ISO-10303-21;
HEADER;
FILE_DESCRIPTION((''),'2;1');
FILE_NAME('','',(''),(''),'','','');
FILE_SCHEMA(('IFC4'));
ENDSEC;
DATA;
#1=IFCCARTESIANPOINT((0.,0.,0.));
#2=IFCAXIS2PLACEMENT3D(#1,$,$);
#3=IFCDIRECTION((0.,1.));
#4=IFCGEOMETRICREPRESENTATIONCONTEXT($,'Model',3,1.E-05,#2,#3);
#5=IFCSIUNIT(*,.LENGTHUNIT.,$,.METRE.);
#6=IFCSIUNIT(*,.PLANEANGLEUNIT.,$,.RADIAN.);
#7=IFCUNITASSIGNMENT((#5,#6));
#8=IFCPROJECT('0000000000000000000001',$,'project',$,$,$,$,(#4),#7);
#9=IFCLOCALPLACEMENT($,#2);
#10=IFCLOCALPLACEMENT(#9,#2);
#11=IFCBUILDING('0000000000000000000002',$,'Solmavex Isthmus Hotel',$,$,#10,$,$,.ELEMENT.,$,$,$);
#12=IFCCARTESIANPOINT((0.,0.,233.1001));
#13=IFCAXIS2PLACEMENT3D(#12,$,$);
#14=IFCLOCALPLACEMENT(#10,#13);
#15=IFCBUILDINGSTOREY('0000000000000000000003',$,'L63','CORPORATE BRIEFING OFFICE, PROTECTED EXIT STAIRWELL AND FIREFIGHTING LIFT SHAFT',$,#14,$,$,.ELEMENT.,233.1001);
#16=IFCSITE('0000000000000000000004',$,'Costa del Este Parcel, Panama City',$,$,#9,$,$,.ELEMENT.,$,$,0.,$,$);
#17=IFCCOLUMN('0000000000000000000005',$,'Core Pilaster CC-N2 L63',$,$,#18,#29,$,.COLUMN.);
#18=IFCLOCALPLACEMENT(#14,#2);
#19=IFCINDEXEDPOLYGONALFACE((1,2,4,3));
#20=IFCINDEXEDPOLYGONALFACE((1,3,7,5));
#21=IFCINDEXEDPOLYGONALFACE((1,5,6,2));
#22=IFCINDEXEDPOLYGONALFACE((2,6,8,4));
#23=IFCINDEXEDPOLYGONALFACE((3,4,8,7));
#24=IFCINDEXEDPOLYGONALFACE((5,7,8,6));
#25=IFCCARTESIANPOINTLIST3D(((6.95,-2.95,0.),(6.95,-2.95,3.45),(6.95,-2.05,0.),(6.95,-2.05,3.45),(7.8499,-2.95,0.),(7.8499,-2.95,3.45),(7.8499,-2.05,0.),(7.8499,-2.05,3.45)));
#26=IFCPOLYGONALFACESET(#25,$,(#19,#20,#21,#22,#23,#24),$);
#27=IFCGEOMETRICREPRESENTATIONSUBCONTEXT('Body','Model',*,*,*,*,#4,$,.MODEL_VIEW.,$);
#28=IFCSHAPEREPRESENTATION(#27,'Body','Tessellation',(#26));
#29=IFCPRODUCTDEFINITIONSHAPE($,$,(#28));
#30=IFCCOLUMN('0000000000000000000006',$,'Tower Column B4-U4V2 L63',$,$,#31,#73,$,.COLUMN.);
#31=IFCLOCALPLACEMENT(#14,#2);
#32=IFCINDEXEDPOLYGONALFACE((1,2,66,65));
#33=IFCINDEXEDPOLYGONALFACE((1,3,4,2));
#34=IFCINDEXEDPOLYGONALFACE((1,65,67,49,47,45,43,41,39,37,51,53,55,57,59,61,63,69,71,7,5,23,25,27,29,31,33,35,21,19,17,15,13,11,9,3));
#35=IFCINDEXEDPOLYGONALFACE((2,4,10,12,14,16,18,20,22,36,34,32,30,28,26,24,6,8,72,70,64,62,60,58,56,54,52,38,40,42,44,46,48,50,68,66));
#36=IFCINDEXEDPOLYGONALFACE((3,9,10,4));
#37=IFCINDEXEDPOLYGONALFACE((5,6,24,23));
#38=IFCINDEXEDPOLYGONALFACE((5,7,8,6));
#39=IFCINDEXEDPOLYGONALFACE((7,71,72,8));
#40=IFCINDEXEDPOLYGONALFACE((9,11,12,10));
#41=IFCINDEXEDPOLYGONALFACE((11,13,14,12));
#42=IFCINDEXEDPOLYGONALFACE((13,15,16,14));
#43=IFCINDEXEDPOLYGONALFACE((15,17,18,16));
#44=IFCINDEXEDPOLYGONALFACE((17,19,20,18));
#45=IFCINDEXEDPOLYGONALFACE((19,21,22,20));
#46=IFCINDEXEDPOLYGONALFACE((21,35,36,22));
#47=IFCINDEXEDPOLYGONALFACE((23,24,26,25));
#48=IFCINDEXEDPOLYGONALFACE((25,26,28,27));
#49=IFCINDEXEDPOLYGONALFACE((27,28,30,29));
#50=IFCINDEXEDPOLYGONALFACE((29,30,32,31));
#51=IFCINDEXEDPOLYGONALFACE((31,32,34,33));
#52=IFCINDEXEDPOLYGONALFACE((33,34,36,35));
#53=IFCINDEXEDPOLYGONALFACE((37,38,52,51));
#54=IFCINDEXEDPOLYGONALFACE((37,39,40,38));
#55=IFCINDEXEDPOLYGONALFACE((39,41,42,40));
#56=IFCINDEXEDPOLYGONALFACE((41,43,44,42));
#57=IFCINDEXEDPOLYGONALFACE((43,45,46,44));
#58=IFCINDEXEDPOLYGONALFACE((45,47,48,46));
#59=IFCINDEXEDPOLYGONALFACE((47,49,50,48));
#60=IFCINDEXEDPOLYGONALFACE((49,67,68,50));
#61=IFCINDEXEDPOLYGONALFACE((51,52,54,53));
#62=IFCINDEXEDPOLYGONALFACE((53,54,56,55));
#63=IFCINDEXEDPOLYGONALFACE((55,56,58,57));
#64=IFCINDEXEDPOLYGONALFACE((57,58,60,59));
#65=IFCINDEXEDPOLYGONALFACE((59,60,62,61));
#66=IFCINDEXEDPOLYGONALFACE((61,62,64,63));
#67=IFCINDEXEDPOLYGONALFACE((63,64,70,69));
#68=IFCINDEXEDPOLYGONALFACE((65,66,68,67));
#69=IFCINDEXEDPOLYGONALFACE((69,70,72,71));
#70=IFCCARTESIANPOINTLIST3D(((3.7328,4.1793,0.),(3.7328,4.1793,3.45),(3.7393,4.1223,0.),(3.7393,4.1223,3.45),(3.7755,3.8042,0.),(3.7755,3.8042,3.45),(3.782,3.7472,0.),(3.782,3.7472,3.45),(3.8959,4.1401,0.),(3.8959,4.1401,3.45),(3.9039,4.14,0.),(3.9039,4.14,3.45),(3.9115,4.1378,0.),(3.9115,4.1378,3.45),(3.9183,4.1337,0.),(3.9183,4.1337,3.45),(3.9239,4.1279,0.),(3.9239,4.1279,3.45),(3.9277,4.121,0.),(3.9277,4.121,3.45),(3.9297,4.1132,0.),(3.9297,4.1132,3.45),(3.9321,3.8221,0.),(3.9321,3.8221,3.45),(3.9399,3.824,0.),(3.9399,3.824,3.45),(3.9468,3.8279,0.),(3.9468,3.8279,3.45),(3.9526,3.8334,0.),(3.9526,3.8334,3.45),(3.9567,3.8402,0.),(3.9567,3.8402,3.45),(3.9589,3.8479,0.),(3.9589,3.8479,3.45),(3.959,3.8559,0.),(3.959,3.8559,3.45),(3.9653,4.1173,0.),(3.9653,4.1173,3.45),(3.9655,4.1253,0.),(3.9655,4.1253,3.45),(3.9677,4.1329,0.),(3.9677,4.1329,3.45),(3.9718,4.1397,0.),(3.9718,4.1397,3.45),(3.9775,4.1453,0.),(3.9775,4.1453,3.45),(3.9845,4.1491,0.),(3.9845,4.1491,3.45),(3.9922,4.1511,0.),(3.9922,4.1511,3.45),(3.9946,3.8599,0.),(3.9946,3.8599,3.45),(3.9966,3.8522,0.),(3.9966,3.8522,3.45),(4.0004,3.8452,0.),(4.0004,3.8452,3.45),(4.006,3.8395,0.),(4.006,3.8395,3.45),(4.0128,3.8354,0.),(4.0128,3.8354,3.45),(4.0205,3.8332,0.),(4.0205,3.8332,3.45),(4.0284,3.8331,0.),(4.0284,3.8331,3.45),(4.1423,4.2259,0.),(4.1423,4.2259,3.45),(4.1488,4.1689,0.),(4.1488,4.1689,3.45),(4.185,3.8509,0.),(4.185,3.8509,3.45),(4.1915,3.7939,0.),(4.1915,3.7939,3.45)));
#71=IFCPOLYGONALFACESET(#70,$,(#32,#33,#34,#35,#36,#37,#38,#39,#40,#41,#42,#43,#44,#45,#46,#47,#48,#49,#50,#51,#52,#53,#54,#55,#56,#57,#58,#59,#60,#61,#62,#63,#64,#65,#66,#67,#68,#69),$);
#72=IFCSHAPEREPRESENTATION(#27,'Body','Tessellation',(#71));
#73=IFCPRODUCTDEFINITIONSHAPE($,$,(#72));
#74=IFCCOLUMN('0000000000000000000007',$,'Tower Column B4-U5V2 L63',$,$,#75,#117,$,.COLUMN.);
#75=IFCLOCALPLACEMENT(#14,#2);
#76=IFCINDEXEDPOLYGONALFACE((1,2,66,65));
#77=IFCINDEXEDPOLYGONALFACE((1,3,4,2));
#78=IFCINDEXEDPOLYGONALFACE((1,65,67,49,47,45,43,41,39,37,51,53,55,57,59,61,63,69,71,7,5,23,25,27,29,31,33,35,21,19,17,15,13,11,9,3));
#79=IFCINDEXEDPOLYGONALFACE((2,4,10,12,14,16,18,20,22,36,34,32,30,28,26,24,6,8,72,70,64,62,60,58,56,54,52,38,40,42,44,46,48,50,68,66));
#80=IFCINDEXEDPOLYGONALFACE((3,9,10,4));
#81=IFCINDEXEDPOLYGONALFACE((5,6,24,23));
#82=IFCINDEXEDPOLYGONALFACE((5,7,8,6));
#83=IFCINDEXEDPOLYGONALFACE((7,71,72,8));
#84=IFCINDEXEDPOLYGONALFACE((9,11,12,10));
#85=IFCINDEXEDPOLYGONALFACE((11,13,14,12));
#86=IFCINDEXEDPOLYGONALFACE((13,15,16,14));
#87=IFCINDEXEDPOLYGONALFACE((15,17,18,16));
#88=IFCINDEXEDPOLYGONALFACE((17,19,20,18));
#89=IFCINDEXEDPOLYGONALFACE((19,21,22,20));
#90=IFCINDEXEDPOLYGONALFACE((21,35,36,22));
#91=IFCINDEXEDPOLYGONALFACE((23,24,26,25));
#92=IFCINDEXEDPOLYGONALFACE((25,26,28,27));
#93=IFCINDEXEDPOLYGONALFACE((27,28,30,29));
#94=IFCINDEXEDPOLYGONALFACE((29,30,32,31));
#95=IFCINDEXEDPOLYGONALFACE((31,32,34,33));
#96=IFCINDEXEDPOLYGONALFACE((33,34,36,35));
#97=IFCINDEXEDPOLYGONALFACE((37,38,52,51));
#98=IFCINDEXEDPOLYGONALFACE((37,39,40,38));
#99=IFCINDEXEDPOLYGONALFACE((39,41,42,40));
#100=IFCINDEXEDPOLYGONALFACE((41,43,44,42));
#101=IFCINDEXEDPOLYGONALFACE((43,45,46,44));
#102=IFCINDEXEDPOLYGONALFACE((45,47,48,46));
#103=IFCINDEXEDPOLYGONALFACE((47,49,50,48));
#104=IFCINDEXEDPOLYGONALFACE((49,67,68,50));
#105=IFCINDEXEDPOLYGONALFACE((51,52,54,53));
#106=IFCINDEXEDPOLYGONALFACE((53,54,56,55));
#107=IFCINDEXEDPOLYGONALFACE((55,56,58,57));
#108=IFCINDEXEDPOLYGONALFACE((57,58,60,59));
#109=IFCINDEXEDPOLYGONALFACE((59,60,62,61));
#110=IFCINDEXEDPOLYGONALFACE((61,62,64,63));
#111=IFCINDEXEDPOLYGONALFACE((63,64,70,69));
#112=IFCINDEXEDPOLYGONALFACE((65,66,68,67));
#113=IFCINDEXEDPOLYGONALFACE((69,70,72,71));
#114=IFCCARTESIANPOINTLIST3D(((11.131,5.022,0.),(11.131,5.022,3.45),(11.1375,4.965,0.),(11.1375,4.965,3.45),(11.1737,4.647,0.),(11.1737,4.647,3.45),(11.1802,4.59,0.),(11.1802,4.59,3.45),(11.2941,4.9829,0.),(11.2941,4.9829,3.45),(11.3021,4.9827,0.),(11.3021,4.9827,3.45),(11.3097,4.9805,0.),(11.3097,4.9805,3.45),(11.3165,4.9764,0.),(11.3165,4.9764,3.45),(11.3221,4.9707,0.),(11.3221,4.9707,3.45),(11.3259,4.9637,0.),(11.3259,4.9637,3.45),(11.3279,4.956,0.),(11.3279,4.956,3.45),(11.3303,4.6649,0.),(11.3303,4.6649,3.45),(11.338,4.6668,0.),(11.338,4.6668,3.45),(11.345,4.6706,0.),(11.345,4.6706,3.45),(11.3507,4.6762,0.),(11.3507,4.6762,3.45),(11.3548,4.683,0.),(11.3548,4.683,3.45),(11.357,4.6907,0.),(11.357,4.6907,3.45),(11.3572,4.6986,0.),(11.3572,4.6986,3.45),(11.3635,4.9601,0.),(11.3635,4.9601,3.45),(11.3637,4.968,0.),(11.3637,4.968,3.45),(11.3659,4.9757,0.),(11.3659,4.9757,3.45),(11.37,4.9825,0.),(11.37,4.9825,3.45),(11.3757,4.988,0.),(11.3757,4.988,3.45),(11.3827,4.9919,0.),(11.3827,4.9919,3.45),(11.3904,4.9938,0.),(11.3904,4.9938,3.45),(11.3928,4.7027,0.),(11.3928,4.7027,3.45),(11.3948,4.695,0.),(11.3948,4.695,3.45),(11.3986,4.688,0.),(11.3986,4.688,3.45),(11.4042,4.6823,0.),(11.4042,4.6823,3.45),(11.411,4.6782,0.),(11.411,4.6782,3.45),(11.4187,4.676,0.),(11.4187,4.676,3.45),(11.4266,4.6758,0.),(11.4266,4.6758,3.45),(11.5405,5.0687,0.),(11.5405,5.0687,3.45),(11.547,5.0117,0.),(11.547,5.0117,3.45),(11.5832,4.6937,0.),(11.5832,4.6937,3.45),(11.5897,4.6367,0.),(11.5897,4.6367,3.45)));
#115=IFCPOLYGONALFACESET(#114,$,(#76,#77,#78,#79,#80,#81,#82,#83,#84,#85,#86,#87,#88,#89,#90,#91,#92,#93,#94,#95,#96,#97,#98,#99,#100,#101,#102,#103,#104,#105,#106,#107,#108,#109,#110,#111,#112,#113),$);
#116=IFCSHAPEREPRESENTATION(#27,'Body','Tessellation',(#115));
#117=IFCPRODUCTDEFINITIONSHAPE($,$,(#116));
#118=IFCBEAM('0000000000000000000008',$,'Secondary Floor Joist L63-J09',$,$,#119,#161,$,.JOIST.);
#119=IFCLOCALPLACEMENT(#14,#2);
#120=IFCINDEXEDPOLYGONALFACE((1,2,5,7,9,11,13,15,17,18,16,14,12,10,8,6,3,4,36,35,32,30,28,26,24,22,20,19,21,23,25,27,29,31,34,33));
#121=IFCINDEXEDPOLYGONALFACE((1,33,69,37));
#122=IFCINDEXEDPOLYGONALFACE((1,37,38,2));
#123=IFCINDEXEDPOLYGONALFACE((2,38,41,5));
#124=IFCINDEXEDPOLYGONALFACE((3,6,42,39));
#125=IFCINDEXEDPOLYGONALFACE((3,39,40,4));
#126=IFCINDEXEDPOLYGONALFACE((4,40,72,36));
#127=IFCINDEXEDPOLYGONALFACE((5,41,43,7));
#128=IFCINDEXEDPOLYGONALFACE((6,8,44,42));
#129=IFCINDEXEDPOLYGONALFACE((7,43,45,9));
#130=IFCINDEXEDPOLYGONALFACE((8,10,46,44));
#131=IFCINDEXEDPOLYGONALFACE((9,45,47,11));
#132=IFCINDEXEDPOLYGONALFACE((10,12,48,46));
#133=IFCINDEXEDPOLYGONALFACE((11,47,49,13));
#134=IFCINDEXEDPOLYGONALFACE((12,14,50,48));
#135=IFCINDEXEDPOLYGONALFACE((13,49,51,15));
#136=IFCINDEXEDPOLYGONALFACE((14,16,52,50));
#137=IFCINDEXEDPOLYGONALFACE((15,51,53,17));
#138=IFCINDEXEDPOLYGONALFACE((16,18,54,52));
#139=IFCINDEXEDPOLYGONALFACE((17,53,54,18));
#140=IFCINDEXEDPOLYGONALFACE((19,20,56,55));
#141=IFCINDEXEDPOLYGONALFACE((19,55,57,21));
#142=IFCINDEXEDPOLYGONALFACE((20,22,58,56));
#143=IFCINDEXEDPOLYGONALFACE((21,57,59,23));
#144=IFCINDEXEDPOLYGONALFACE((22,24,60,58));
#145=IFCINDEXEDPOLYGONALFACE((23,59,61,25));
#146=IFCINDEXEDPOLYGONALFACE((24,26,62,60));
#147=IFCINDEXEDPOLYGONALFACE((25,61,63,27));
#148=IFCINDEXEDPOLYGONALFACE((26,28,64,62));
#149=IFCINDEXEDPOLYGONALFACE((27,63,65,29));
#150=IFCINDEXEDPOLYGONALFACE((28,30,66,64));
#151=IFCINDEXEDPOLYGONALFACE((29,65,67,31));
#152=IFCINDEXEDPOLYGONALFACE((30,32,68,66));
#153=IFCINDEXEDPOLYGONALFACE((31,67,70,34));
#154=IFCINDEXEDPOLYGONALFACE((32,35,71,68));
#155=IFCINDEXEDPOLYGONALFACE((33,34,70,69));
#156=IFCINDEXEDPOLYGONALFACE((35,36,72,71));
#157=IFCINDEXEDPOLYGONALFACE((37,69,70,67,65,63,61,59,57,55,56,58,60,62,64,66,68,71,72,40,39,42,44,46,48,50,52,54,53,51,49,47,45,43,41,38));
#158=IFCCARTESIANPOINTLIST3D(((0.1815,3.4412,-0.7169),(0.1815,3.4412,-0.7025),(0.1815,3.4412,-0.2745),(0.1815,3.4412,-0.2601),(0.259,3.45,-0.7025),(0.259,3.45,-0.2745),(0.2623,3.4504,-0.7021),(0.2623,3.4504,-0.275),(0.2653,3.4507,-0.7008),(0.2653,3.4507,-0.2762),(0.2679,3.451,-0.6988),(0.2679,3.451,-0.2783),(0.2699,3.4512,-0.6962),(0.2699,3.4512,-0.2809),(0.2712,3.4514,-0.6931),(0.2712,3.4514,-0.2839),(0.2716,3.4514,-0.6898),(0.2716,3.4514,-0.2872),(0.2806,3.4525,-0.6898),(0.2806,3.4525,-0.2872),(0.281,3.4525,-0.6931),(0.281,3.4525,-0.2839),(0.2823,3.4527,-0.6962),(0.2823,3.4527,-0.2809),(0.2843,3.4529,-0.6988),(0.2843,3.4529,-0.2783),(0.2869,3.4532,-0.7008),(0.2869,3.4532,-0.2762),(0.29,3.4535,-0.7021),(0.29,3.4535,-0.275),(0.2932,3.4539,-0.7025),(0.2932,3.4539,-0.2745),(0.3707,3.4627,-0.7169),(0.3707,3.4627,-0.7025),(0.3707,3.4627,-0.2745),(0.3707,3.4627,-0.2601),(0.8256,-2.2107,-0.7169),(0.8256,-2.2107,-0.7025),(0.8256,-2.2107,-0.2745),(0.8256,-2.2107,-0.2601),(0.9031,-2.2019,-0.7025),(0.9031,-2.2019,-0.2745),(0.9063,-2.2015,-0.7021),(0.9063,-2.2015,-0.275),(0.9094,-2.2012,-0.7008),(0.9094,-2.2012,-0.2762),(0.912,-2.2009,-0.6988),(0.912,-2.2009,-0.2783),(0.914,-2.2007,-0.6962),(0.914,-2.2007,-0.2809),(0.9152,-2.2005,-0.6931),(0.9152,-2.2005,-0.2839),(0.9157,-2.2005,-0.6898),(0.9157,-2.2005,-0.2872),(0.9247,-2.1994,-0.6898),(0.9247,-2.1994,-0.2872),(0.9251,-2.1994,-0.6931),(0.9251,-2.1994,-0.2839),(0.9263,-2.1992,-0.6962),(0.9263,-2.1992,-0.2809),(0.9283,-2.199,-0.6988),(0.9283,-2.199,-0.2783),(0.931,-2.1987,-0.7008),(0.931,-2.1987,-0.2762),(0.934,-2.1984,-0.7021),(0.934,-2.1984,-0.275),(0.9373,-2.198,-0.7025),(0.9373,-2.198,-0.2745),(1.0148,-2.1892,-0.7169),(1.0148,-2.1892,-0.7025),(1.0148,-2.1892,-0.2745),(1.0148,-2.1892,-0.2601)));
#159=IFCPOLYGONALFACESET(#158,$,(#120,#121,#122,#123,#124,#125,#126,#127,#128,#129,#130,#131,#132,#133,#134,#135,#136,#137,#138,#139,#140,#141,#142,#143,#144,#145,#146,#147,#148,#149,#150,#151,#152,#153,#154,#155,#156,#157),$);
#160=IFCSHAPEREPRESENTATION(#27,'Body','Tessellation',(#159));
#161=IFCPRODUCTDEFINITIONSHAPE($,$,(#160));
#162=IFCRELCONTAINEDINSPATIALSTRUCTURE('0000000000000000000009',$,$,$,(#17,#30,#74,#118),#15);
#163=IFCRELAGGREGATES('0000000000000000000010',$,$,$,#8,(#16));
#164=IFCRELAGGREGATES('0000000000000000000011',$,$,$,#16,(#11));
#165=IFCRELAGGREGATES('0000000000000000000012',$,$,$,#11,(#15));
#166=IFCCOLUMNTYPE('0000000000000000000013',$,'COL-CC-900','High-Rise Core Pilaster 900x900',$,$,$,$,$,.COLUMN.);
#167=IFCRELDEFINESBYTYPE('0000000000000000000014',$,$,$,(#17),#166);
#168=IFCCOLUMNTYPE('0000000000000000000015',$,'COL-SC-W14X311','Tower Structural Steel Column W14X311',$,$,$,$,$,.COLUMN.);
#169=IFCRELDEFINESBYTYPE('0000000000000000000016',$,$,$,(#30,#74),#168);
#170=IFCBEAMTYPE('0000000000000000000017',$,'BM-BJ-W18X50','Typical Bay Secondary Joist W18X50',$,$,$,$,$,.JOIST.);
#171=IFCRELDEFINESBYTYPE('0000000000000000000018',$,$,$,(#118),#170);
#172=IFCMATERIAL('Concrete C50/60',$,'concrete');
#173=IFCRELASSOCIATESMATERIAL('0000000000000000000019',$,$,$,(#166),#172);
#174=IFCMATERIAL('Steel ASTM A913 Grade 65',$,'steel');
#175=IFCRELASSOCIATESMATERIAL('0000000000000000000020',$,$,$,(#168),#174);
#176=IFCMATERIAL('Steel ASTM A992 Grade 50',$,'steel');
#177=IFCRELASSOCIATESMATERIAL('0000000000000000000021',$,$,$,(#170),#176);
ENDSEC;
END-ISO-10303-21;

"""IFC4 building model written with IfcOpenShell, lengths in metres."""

from ifc_helpers import new_model, si_unit, direction, frame, origin, origin_2d, place, context, subcontext, project, spatial, rectangle, i_section, extrude, material, material_profile, profile_set, type_object, element, save


model = new_model("IFC4")

# Units and contexts
model_context = context("Model", 3, precision=1e-05, world=origin(), true_north=direction((0.0, 1.0)))
body_context = subcontext(model_context, "Body", "Model", "MODEL_VIEW")
ifc_project = project(units=[si_unit("LENGTHUNIT", "METRE"), si_unit("PLANEANGLEUNIT", "RADIAN")], contexts=[model_context])

# Site, building, storey
site_placement = place(None, origin())
site = spatial("IfcSite", under=ifc_project, at=site_placement, Name="Costa del Este Parcel, Panama City", CompositionType="ELEMENT", RefElevation=0.0)
building_placement = place(site_placement, origin())
building = spatial("IfcBuilding", under=site, at=building_placement, Name="Solmavex Isthmus Hotel", CompositionType="ELEMENT")
storey_placement = place(building_placement, frame((0.0, 0.0, 233.1001)))
storey = spatial("IfcBuildingStorey", under=building, at=storey_placement, Name="L63", Description="CORPORATE BRIEFING OFFICE, PROTECTED EXIT STAIRWELL AND FIREFIGHTING LIFT SHAFT", CompositionType="ELEMENT", Elevation=233.1001)

# Columns
ifc_material_1 = material(Name="Concrete C50/60", Category="concrete")
ifc_material_profile_1 = material_profile(ifc_material_1, rectangle(XDim=0.8999, YDim=0.8999, at=origin_2d()), Name="RC900X900")
ifc_profile_set_1 = profile_set([ifc_material_profile_1], Name="Concrete C50/60")
column_type_1 = type_object("IfcColumnType", Name="COL-CC-900", Description="High-Rise Core Pilaster 900x900", PredefinedType="COLUMN", material=ifc_profile_set_1)
column_placement = place(storey_placement, frame((7.3999, -2.5, 0.0), z_axis=(0.0, 0.0, 1.0), x_axis=(1.0, 0.0, 0.0)))
element("IfcColumn", 1, at=column_placement, inside=storey, type_object=column_type_1, Name="Core Pilaster CC-N2 L63", PredefinedType="COLUMN", context=body_context, shape_type="SweptSolid", body=[
    extrude(rectangle(XDim=0.8999, YDim=0.8999, at=origin_2d()), origin(), (0.0, 0.0, 1.0), 3.45),
])
ifc_material_2 = material(Name="Steel ASTM A913 Grade 65", Category="steel")
ifc_material_profile_2 = material_profile(ifc_material_2, i_section(OverallWidth=0.4121, OverallDepth=0.4348, WebThickness=0.0359, FlangeThickness=0.0574, FilletRadius=0.0305, at=origin_2d()), Name="W14X311")
ifc_profile_set_2 = profile_set([ifc_material_profile_2], Name="Steel ASTM A913 Grade 65")
column_type_2 = type_object("IfcColumnType", Name="COL-SC-W14X311", Description="Tower Structural Steel Column W14X311", PredefinedType="COLUMN", material=ifc_profile_set_2)
for number, where, z_axis, x_axis, name in (
    (2, (3.9622, 3.9866, 0.0), (0.0, 0.0, 1.0), (0.993572, 0.113203, 0.0), "Tower Column B4-U4V2 L63"),
    (3, (11.3604, 4.8293, 0.0), (0.0, 0.0, 1.0), (0.993572, 0.113203, 0.0), "Tower Column B4-U5V2 L63"),
):
    element("IfcColumn", number, at=place(storey_placement, frame(where, z_axis=z_axis, x_axis=x_axis)), inside=storey, type_object=column_type_2, Name=name, PredefinedType="COLUMN", context=body_context, shape_type="SweptSolid", body=[
        extrude(i_section(OverallWidth=0.4121, OverallDepth=0.4348, WebThickness=0.0359, FlangeThickness=0.0574, FilletRadius=0.0305, at=origin_2d()), origin(), (0.0, 0.0, 1.0), 3.45),
    ])

# Beam
ifc_material_3 = material(Name="Steel ASTM A992 Grade 50", Category="steel")
ifc_material_profile_3 = material_profile(ifc_material_3, i_section(OverallWidth=0.1904, OverallDepth=0.4568, WebThickness=0.009, FlangeThickness=0.0144, FilletRadius=0.0127, at=origin_2d()), Name="W18X50")
ifc_profile_set_3 = profile_set([ifc_material_profile_3], Name="Steel ASTM A992 Grade 50")
beam_type_1 = type_object("IfcBeamType", Name="BM-BJ-W18X50", Description="Typical Bay Secondary Joist W18X50", PredefinedType="JOIST", material=ifc_profile_set_3)
beam_1_placement = place(storey_placement, frame((0.9202, -2.2, -0.4885), z_axis=(-0.11322, 0.99357, 0.0), x_axis=(-0.99357, -0.11322, 0.0)))
element("IfcBeam", 4, at=beam_1_placement, inside=storey, type_object=beam_type_1, Name="Secondary Floor Joist L63-J09", PredefinedType="JOIST", context=body_context, shape_type="SweptSolid", body=[
    extrude(i_section(OverallWidth=0.1904, OverallDepth=0.4568, WebThickness=0.009, FlangeThickness=0.0144, FilletRadius=0.0127, at=origin_2d()), origin(), (0.0, 0.0, 1.0), 5.6885),
])

save(model, "model.ifc")
